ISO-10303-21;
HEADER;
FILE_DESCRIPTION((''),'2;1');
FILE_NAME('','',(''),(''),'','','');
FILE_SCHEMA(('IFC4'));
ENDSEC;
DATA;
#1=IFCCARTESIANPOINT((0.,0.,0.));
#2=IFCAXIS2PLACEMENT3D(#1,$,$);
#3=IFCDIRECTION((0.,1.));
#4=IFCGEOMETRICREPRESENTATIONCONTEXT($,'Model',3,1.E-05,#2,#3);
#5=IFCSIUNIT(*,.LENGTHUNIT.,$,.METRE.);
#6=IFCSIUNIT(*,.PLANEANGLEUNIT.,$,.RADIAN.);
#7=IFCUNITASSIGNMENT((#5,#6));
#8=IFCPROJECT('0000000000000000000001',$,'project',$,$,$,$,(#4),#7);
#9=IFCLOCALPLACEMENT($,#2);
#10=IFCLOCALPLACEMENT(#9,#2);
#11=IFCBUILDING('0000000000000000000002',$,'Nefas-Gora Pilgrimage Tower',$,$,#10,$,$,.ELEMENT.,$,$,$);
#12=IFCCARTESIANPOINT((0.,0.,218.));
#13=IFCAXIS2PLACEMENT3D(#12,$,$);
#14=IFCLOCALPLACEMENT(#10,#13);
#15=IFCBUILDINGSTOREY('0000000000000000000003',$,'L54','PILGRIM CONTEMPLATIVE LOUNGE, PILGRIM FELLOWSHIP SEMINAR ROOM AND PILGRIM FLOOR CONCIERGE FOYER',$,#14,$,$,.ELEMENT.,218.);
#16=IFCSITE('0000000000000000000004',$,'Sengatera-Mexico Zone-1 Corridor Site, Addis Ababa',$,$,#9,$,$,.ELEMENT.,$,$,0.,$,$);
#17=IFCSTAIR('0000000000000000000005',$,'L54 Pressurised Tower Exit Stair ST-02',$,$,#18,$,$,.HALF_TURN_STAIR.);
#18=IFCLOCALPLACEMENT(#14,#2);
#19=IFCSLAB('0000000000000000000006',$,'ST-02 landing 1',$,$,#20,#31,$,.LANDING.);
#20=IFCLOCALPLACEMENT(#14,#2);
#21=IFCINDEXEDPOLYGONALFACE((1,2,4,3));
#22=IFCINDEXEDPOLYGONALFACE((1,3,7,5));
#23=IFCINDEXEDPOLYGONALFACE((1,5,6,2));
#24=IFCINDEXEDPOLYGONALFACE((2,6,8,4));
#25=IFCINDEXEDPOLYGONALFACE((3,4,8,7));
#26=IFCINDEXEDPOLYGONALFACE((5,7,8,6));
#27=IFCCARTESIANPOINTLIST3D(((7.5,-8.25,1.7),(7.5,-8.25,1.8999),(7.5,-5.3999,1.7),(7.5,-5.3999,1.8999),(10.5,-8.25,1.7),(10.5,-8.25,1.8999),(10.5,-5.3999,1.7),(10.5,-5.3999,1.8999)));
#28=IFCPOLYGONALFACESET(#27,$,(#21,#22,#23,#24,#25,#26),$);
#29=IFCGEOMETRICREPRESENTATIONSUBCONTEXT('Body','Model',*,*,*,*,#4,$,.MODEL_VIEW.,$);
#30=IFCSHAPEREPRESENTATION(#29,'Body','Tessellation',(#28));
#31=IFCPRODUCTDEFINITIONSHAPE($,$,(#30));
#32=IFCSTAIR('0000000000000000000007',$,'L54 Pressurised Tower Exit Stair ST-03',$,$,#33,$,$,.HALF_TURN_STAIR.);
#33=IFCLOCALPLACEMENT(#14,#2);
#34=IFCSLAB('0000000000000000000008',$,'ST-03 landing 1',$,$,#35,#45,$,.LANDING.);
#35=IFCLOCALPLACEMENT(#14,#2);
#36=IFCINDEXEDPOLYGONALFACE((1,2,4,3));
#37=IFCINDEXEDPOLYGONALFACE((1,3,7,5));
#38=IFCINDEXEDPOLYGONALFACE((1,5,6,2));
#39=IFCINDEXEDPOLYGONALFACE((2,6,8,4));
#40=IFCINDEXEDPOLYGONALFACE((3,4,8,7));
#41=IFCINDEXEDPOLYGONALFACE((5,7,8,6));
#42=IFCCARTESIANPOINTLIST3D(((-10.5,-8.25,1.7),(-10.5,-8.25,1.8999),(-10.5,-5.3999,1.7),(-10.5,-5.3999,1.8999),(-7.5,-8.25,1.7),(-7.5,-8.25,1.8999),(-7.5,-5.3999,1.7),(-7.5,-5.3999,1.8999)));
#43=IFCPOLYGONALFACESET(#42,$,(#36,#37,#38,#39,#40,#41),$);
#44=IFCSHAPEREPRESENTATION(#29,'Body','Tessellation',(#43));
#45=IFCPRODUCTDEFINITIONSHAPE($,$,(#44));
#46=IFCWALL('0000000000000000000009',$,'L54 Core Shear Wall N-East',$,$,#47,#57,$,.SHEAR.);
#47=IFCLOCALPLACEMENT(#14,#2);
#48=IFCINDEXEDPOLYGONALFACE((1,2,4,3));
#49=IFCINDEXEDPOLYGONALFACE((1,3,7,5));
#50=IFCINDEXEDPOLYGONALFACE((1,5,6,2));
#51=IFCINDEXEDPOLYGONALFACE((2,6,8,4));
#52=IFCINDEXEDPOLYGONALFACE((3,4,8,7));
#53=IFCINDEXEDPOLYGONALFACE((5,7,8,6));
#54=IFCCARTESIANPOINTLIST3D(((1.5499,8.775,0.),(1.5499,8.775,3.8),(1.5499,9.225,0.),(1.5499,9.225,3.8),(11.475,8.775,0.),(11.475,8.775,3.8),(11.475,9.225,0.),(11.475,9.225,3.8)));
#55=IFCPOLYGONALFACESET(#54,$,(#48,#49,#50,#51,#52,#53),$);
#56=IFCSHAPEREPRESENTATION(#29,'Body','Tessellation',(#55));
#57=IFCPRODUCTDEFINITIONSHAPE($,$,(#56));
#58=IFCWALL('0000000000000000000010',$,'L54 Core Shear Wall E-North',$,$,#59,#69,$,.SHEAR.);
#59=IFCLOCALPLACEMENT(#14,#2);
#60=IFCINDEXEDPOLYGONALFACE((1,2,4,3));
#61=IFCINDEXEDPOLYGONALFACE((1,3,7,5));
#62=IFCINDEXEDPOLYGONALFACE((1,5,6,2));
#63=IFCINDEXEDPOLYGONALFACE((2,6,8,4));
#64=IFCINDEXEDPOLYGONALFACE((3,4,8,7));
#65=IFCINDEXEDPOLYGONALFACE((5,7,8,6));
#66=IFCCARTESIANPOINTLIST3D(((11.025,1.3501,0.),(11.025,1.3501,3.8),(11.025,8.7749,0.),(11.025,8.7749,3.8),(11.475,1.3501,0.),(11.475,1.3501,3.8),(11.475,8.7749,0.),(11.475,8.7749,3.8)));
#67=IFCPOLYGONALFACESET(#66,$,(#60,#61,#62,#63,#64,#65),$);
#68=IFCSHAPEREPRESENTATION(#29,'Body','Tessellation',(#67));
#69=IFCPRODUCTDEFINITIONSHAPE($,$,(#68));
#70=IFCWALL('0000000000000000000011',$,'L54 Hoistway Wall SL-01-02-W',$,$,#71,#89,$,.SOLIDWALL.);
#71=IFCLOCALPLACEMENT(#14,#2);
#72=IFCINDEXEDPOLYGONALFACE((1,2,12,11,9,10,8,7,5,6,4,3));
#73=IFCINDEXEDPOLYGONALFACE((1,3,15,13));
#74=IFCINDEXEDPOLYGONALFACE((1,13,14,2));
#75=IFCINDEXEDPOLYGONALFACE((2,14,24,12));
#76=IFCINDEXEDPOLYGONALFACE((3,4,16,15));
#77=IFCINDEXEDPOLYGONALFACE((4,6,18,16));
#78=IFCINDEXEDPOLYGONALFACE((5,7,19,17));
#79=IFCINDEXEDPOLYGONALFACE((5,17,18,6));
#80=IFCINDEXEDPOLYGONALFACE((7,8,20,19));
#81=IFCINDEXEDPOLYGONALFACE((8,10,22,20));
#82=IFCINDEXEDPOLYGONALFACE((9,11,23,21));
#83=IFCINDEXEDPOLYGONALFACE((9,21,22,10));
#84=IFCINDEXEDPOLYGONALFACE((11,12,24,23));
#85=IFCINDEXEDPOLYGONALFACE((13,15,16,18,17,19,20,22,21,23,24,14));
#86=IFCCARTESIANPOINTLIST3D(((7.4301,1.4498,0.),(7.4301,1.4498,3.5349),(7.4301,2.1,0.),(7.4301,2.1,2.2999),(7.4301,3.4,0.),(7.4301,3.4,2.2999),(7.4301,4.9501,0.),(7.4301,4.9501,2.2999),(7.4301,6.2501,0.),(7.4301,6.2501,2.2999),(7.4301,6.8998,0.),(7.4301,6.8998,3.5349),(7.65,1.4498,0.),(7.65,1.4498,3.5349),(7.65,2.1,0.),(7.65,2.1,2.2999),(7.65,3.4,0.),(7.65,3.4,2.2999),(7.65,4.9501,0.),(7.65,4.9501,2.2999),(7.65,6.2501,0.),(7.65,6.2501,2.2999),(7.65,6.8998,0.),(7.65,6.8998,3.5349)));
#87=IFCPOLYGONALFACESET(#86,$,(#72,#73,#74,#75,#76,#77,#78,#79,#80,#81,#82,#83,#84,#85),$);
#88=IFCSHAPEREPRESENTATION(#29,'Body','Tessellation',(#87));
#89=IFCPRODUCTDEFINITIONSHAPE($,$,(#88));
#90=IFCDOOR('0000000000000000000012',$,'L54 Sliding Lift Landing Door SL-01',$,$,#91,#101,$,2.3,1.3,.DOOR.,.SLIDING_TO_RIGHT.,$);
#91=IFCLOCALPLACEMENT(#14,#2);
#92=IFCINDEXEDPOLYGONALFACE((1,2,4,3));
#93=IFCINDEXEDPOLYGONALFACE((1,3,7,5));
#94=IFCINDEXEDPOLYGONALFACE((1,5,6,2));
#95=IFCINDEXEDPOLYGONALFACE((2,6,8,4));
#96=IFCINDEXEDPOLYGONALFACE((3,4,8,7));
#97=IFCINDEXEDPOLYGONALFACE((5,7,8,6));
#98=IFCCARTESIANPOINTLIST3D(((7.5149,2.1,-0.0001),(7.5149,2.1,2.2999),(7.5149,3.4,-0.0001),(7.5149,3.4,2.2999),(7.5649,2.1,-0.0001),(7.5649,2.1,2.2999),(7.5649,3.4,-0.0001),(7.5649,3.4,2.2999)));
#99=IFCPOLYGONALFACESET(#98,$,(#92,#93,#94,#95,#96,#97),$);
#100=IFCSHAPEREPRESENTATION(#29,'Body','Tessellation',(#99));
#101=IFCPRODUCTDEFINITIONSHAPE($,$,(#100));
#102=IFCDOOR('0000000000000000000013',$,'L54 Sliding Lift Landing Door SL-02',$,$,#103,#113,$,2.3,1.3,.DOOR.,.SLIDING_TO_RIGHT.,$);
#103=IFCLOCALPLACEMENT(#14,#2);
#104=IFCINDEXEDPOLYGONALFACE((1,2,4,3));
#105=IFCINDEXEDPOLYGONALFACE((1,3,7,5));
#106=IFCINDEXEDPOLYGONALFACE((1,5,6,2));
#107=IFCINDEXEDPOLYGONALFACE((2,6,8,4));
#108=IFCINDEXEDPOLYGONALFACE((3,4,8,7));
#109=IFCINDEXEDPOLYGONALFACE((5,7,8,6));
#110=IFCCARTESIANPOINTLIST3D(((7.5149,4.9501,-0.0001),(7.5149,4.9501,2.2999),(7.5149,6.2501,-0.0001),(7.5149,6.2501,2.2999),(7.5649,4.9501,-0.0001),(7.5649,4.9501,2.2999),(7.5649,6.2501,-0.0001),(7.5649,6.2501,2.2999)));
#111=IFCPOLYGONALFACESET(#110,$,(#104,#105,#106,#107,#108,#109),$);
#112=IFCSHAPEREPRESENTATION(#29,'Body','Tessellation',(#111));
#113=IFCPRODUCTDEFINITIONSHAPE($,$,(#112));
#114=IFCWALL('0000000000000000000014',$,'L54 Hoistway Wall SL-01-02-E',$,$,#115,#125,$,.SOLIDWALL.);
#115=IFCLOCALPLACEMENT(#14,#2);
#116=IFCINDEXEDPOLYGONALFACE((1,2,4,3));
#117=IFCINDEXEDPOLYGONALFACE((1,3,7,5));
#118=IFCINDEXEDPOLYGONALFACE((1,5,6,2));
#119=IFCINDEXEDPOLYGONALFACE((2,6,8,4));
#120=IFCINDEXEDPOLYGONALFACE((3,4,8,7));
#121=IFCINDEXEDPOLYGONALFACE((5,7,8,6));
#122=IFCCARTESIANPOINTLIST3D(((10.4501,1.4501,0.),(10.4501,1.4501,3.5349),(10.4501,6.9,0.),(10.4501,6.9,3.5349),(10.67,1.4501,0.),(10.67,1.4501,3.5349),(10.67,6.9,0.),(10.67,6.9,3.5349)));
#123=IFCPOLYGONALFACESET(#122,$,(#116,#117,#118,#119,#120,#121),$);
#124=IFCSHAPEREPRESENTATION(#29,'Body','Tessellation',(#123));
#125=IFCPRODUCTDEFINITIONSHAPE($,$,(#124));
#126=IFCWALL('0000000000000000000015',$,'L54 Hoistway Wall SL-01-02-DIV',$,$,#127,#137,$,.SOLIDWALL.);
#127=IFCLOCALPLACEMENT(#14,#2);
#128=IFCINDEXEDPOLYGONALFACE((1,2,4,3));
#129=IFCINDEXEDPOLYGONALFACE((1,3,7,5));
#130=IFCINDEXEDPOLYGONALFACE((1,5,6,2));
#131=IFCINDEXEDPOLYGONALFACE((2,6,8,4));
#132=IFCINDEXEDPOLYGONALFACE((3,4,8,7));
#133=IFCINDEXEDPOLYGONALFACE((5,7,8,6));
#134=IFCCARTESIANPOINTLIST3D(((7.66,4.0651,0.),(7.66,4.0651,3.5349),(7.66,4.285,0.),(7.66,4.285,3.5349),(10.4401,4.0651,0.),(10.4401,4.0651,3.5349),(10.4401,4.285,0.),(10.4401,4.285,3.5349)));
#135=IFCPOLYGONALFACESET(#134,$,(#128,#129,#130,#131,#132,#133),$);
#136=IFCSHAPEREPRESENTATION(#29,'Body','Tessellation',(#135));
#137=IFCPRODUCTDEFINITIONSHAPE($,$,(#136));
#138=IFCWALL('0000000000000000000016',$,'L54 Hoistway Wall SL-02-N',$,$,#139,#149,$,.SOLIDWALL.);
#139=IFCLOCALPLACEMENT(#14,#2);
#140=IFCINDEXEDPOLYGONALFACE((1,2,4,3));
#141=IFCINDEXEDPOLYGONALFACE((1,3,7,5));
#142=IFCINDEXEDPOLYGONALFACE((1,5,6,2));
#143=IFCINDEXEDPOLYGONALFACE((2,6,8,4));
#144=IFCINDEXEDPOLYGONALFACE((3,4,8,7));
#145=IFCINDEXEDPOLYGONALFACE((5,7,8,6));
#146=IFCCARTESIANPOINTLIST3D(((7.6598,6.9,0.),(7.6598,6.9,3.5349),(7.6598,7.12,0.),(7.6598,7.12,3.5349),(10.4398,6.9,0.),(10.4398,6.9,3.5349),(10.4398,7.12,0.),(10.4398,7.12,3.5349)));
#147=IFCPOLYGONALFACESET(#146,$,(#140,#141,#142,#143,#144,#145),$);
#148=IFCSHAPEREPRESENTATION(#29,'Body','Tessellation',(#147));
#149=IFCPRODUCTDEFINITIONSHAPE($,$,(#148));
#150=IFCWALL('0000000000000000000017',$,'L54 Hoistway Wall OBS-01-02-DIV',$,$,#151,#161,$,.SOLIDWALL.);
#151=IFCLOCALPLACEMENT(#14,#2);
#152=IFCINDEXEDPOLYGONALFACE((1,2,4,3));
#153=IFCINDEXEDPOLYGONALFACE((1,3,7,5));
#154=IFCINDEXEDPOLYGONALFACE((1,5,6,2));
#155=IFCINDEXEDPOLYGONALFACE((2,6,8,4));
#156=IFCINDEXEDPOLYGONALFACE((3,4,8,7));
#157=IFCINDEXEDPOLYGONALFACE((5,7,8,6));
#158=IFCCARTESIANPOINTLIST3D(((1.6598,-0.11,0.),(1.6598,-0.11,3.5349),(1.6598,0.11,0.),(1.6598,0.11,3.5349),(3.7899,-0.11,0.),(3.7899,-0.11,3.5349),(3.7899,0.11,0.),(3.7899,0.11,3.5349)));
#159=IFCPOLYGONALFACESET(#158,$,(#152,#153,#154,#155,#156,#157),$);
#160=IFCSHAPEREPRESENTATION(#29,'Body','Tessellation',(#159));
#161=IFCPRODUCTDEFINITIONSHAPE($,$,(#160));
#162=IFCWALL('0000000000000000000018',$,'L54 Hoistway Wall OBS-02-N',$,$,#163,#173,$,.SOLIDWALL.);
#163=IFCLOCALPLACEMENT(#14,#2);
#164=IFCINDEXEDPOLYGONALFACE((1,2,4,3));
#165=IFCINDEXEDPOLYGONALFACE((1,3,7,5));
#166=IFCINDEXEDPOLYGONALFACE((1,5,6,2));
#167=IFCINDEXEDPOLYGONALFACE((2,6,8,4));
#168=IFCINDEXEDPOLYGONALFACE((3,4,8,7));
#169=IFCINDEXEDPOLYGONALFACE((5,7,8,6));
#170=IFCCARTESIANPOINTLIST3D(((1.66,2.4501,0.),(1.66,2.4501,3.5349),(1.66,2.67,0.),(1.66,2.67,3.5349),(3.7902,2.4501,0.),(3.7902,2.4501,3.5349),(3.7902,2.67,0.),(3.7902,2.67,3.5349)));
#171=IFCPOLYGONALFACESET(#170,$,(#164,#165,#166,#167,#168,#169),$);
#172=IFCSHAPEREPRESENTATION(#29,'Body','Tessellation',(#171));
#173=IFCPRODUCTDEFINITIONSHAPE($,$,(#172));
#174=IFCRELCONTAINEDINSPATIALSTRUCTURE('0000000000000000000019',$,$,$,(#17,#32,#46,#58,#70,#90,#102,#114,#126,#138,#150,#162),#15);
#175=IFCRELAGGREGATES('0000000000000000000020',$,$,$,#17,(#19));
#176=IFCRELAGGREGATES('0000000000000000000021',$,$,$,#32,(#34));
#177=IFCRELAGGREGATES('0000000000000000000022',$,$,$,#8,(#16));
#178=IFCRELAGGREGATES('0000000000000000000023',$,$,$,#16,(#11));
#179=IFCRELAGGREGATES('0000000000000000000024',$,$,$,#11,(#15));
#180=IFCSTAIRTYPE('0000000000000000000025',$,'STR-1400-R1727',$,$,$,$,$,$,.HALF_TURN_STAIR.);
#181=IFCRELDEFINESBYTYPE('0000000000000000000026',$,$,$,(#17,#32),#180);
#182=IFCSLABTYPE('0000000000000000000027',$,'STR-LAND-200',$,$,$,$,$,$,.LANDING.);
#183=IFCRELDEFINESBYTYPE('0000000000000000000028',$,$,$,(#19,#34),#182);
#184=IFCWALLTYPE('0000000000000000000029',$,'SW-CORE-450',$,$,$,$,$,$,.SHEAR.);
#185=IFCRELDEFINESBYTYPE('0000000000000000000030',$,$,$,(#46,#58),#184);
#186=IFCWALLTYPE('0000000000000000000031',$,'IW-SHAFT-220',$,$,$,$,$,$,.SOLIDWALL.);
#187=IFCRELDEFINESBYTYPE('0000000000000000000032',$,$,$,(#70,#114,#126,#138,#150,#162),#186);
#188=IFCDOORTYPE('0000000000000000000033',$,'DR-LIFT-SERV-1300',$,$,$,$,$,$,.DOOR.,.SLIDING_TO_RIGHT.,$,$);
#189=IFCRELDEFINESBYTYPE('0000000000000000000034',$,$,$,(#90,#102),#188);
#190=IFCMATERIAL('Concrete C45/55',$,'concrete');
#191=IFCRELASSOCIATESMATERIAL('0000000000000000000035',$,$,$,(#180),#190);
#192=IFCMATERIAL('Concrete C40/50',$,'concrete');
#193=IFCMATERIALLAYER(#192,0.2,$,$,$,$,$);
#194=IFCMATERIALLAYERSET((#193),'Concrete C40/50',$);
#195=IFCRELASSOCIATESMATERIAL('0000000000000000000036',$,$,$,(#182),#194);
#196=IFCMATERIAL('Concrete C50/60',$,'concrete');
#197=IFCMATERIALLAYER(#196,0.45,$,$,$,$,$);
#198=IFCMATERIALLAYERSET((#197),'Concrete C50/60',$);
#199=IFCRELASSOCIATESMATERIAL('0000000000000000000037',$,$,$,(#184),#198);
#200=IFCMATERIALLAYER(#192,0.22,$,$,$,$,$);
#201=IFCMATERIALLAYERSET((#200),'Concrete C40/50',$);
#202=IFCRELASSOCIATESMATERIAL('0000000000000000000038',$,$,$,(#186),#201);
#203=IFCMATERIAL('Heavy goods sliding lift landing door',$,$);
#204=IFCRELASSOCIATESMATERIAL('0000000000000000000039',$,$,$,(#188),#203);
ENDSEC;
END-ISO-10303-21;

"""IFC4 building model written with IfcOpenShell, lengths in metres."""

from ifc_helpers import new_model, si_unit, direction, frame, frame_2d, origin, place, context, subcontext, project, spatial, polyline, rectangle, outline, extrude, source, transform, mapped, material, layer, layer_set, type_object, element, fill, aggregate, save


model = new_model("IFC4")

# Units and contexts
model_context = context("Model", 3, precision=1e-05, world=origin(), true_north=direction((0.0, 1.0)))
body_context = subcontext(model_context, "Body", "Model", "MODEL_VIEW")
ifc_project = project(units=[si_unit("LENGTHUNIT", "METRE"), si_unit("PLANEANGLEUNIT", "RADIAN")], contexts=[model_context])

# Site, building, storey
site_placement = place(None, origin())
site = spatial("IfcSite", under=ifc_project, at=site_placement, Name="Sengatera-Mexico Zone-1 Corridor Site, Addis Ababa", CompositionType="ELEMENT", RefElevation=0.0)
building_placement = place(site_placement, origin())
building = spatial("IfcBuilding", under=site, at=building_placement, Name="Nefas-Gora Pilgrimage Tower", CompositionType="ELEMENT")
storey_placement = place(building_placement, frame((0.0, 0.0, 218.0)))
storey = spatial("IfcBuildingStorey", under=building, at=storey_placement, Name="L54", Description="PILGRIM CONTEMPLATIVE LOUNGE, PILGRIM FELLOWSHIP SEMINAR ROOM AND PILGRIM FLOOR CONCIERGE FOYER", CompositionType="ELEMENT", Elevation=218.0)

# Stairs, slabs
ifc_material_1 = material(Name="Concrete C45/55", Category="concrete")
stair_type = type_object("IfcStairType", Name="STR-1400-R1727", PredefinedType="HALF_TURN_STAIR", material=ifc_material_1)
ifc_material_2 = material(Name="Concrete C40/50", Category="concrete")
ifc_layer_1 = layer(ifc_material_2, 0.2)
ifc_layer_set_1 = layer_set([ifc_layer_1], Name="Concrete C40/50")
slab_type = type_object("IfcSlabType", Name="STR-LAND-200", PredefinedType="LANDING", material=ifc_layer_set_1)
stair_1_placement = place(storey_placement, origin())
stair_1 = element("IfcStair", 1, at=stair_1_placement, inside=storey, type_object=stair_type, Name="L54 Pressurised Tower Exit Stair ST-02", PredefinedType="HALF_TURN_STAIR")
slab_1_placement = place(storey_placement, frame((0.0, 0.0, 1.7)))
slab_1 = element("IfcSlab", 2, at=slab_1_placement, type_object=slab_type, Name="ST-02 landing 1", PredefinedType="LANDING", context=body_context, shape_type="SweptSolid", body=[
    extrude(outline(polyline([(7.5, -5.3999), (7.5, -8.25), (10.5, -8.25), (10.5, -5.3999), (7.5, -5.3999)])), origin(), (0.0, 0.0, 1.0), 0.2),
])
aggregate(stair_1, [slab_1])
stair_2_placement = place(storey_placement, origin())
stair_2 = element("IfcStair", 3, at=stair_2_placement, inside=storey, type_object=stair_type, Name="L54 Pressurised Tower Exit Stair ST-03", PredefinedType="HALF_TURN_STAIR")
slab_2_placement = place(storey_placement, frame((0.0, 0.0, 1.7)))
slab_2 = element("IfcSlab", 4, at=slab_2_placement, type_object=slab_type, Name="ST-03 landing 1", PredefinedType="LANDING", context=body_context, shape_type="SweptSolid", body=[
    extrude(outline(polyline([(-10.5, -5.3999), (-10.5, -8.25), (-7.5, -8.25), (-7.5, -5.3999), (-10.5, -5.3999)])), origin(), (0.0, 0.0, 1.0), 0.2),
])
aggregate(stair_2, [slab_2])

# Walls
ifc_material_3 = material(Name="Concrete C50/60", Category="concrete")
ifc_layer_2 = layer(ifc_material_3, 0.45)
ifc_layer_set_2 = layer_set([ifc_layer_2], Name="Concrete C50/60")
wall_type_1 = type_object("IfcWallType", Name="SW-CORE-450", PredefinedType="SHEAR", material=ifc_layer_set_2)
shared_shape_1 = source(origin(), body_context, "Body", "SweptSolid", [
    extrude(rectangle(XDim=9.925, YDim=0.45, at=frame_2d((4.9624, 0.0))), origin(), (0.0, 0.0, 1.0), 3.8),
])
wall_1_placement = place(storey_placement, frame((1.55, 9.0, 0.0), z_axis=(0.0, 0.0, 1.0), x_axis=(1.0, 0.0, 0.0)))
element("IfcWall", 5, at=wall_1_placement, inside=storey, type_object=wall_type_1, Name="L54 Core Shear Wall N-East", PredefinedType="SHEAR", context=body_context, shape_type="MappedRepresentation", body=[
    mapped(shared_shape_1, transform((0.0, 0.0, 0.0), x_axis=(1.0, 0.0, 0.0), y_axis=(0.0, 1.0, 0.0), z_axis=(0.0, 0.0, 1.0), scale=1.0)),
])
shared_shape_2 = source(origin(), body_context, "Body", "SweptSolid", [
    extrude(rectangle(XDim=7.4248, YDim=0.45, at=frame_2d((3.7124, 0.0))), origin(), (0.0, 0.0, 1.0), 3.8),
])
wall_2_placement = place(storey_placement, frame((11.25, 1.3501, 0.0), z_axis=(0.0, 0.0, 1.0), x_axis=(0.0, 1.0, 0.0)))
element("IfcWall", 6, at=wall_2_placement, inside=storey, type_object=wall_type_1, Name="L54 Core Shear Wall E-North", PredefinedType="SHEAR", context=body_context, shape_type="MappedRepresentation", body=[
    mapped(shared_shape_2, transform((0.0, 0.0, 0.0), x_axis=(1.0, 0.0, 0.0), y_axis=(0.0, 1.0, 0.0), z_axis=(0.0, 0.0, 1.0), scale=1.0)),
])

# Wall, openings, doors
ifc_layer_3 = layer(ifc_material_2, 0.22)
ifc_layer_set_3 = layer_set([ifc_layer_3], Name="Concrete C40/50")
wall_type_2 = type_object("IfcWallType", Name="IW-SHAFT-220", PredefinedType="SOLIDWALL", material=ifc_layer_set_3)
shared_shape_3 = source(origin(), body_context, "Body", "SweptSolid", [
    extrude(rectangle(XDim=5.45, YDim=0.22, at=frame_2d((2.7251, 0.0))), origin(), (0.0, 0.0, 1.0), 3.5349),
])
wall_3_placement = place(storey_placement, frame((7.54, 6.8999, 0.0), z_axis=(0.0, 0.0, 1.0), x_axis=(0.0, -1.0, 0.0)))
wall_3 = element("IfcWall", 7, at=wall_3_placement, inside=storey, type_object=wall_type_2, Name="L54 Hoistway Wall SL-01-02-W", PredefinedType="SOLIDWALL", context=body_context, shape_type="MappedRepresentation", body=[
    mapped(shared_shape_3, transform((0.0, 0.0, 0.0), x_axis=(1.0, 0.0, 0.0), y_axis=(0.0, 1.0, 0.0), z_axis=(0.0, 0.0, 1.0), scale=1.0)),
])
opening_1_placement = place(wall_3_placement, frame((3.5, 0.0, 0.0)))
opening_1 = element("IfcOpeningElement", 8, at=opening_1_placement, cuts=wall_3, PredefinedType="OPENING", context=body_context, shape_type="SweptSolid", body=[
    extrude(rectangle(XDim=1.3, YDim=2.3, at=frame_2d((0.6499, 1.1499))), frame((0.0, 0.1199, 0.0), z_axis=(0.0, -1.0, 0.0), x_axis=(1.0, 0.0, 0.0)), (0.0, 0.0, 1.0), 0.24),
])
opening_2_placement = place(wall_3_placement, frame((0.6499, 0.0, 0.0)))
opening_2 = element("IfcOpeningElement", 9, at=opening_2_placement, cuts=wall_3, PredefinedType="OPENING", context=body_context, shape_type="SweptSolid", body=[
    extrude(rectangle(XDim=1.3, YDim=2.3, at=frame_2d((0.6499, 1.1499))), frame((0.0, 0.1199, 0.0), z_axis=(0.0, -1.0, 0.0), x_axis=(1.0, 0.0, 0.0)), (0.0, 0.0, 1.0), 0.24),
])
ifc_material_4 = material(Name="Heavy goods sliding lift landing door")
door_type_1 = type_object("IfcDoorType", Name="DR-LIFT-SERV-1300", OperationType="SLIDING_TO_RIGHT", PredefinedType="DOOR", material=ifc_material_4)
shared_shape_4 = source(origin(), body_context, "Body", "SweptSolid", [
    extrude(rectangle(XDim=1.3, YDim=2.3, at=frame_2d((0.6499, 1.1499))), frame((0.0, 0.0249, 0.0), z_axis=(0.0, -1.0, 0.0), x_axis=(1.0, 0.0, 0.0)), (0.0, 0.0, 1.0), 0.05),
])
door_1_placement = place(opening_1_placement, origin())
door_1 = element("IfcDoor", 10, at=door_1_placement, inside=storey, type_object=door_type_1, Name="L54 Sliding Lift Landing Door SL-01", OperationType="SLIDING_TO_RIGHT", OverallHeight=2.3, OverallWidth=1.3, PredefinedType="DOOR", context=body_context, shape_type="MappedRepresentation", body=[
    mapped(shared_shape_4, transform((0.0, 0.0, 0.0), x_axis=(1.0, 0.0, 0.0), y_axis=(0.0, 1.0, 0.0), z_axis=(0.0, 0.0, 1.0), scale=1.0)),
])
fill(opening_1, door_1)
door_2_placement = place(opening_2_placement, origin())
door_2 = element("IfcDoor", 11, at=door_2_placement, inside=storey, type_object=door_type_1, Name="L54 Sliding Lift Landing Door SL-02", OperationType="SLIDING_TO_RIGHT", OverallHeight=2.3, OverallWidth=1.3, PredefinedType="DOOR", context=body_context, shape_type="MappedRepresentation", body=[
    mapped(shared_shape_4, transform((0.0, 0.0, 0.0), x_axis=(1.0, 0.0, 0.0), y_axis=(0.0, 1.0, 0.0), z_axis=(0.0, 0.0, 1.0), scale=1.0)),
])
fill(opening_2, door_2)

# Walls
wall_4_placement = place(storey_placement, frame((10.5601, 1.45, 0.0), z_axis=(0.0, 0.0, 1.0), x_axis=(0.0, 1.0, 0.0)))
element("IfcWall", 12, at=wall_4_placement, inside=storey, type_object=wall_type_2, Name="L54 Hoistway Wall SL-01-02-E", PredefinedType="SOLIDWALL", context=body_context, shape_type="MappedRepresentation", body=[
    mapped(shared_shape_3, transform((0.0, 0.0, 0.0), x_axis=(1.0, 0.0, 0.0), y_axis=(0.0, 1.0, 0.0), z_axis=(0.0, 0.0, 1.0), scale=1.0)),
])
shared_shape_5 = source(origin(), body_context, "Body", "SweptSolid", [
    extrude(rectangle(XDim=2.78, YDim=0.22, at=frame_2d((1.3901, 0.0))), origin(), (0.0, 0.0, 1.0), 3.5349),
])
for number, where, z_axis, x_axis, name in (
    (13, (7.6599, 4.175, 0.0), (0.0, 0.0, 1.0), (1.0, 0.0, 0.0), "L54 Hoistway Wall SL-01-02-DIV"),
    (14, (10.4399, 7.01, 0.0), (0.0, 0.0, 1.0), (-1.0, 0.0, 0.0), "L54 Hoistway Wall SL-02-N"),
):
    element("IfcWall", number, at=place(storey_placement, frame(where, z_axis=z_axis, x_axis=x_axis)), inside=storey, type_object=wall_type_2, Name=name, PredefinedType="SOLIDWALL", context=body_context, shape_type="MappedRepresentation", body=[
        mapped(shared_shape_5, transform((0.0, 0.0, 0.0), x_axis=(1.0, 0.0, 0.0), y_axis=(0.0, 1.0, 0.0), z_axis=(0.0, 0.0, 1.0), scale=1.0)),
    ])
shared_shape_6 = source(origin(), body_context, "Body", "SweptSolid", [
    extrude(rectangle(XDim=2.1301, YDim=0.22, at=frame_2d((1.0649, 0.0))), origin(), (0.0, 0.0, 1.0), 3.5349),
])
for number, where, z_axis, x_axis, name in (
    (15, (1.6599, 0.0, 0.0), (0.0, 0.0, 1.0), (1.0, 0.0, 0.0), "L54 Hoistway Wall OBS-01-02-DIV"),
    (16, (3.79, 2.5601, 0.0), (0.0, 0.0, 1.0), (-1.0, 0.0, 0.0), "L54 Hoistway Wall OBS-02-N"),
):
    element("IfcWall", number, at=place(storey_placement, frame(where, z_axis=z_axis, x_axis=x_axis)), inside=storey, type_object=wall_type_2, Name=name, PredefinedType="SOLIDWALL", context=body_context, shape_type="MappedRepresentation", body=[
        mapped(shared_shape_6, transform((0.0, 0.0, 0.0), x_axis=(1.0, 0.0, 0.0), y_axis=(0.0, 1.0, 0.0), z_axis=(0.0, 0.0, 1.0), scale=1.0)),
    ])

save(model, "model.ifc")
